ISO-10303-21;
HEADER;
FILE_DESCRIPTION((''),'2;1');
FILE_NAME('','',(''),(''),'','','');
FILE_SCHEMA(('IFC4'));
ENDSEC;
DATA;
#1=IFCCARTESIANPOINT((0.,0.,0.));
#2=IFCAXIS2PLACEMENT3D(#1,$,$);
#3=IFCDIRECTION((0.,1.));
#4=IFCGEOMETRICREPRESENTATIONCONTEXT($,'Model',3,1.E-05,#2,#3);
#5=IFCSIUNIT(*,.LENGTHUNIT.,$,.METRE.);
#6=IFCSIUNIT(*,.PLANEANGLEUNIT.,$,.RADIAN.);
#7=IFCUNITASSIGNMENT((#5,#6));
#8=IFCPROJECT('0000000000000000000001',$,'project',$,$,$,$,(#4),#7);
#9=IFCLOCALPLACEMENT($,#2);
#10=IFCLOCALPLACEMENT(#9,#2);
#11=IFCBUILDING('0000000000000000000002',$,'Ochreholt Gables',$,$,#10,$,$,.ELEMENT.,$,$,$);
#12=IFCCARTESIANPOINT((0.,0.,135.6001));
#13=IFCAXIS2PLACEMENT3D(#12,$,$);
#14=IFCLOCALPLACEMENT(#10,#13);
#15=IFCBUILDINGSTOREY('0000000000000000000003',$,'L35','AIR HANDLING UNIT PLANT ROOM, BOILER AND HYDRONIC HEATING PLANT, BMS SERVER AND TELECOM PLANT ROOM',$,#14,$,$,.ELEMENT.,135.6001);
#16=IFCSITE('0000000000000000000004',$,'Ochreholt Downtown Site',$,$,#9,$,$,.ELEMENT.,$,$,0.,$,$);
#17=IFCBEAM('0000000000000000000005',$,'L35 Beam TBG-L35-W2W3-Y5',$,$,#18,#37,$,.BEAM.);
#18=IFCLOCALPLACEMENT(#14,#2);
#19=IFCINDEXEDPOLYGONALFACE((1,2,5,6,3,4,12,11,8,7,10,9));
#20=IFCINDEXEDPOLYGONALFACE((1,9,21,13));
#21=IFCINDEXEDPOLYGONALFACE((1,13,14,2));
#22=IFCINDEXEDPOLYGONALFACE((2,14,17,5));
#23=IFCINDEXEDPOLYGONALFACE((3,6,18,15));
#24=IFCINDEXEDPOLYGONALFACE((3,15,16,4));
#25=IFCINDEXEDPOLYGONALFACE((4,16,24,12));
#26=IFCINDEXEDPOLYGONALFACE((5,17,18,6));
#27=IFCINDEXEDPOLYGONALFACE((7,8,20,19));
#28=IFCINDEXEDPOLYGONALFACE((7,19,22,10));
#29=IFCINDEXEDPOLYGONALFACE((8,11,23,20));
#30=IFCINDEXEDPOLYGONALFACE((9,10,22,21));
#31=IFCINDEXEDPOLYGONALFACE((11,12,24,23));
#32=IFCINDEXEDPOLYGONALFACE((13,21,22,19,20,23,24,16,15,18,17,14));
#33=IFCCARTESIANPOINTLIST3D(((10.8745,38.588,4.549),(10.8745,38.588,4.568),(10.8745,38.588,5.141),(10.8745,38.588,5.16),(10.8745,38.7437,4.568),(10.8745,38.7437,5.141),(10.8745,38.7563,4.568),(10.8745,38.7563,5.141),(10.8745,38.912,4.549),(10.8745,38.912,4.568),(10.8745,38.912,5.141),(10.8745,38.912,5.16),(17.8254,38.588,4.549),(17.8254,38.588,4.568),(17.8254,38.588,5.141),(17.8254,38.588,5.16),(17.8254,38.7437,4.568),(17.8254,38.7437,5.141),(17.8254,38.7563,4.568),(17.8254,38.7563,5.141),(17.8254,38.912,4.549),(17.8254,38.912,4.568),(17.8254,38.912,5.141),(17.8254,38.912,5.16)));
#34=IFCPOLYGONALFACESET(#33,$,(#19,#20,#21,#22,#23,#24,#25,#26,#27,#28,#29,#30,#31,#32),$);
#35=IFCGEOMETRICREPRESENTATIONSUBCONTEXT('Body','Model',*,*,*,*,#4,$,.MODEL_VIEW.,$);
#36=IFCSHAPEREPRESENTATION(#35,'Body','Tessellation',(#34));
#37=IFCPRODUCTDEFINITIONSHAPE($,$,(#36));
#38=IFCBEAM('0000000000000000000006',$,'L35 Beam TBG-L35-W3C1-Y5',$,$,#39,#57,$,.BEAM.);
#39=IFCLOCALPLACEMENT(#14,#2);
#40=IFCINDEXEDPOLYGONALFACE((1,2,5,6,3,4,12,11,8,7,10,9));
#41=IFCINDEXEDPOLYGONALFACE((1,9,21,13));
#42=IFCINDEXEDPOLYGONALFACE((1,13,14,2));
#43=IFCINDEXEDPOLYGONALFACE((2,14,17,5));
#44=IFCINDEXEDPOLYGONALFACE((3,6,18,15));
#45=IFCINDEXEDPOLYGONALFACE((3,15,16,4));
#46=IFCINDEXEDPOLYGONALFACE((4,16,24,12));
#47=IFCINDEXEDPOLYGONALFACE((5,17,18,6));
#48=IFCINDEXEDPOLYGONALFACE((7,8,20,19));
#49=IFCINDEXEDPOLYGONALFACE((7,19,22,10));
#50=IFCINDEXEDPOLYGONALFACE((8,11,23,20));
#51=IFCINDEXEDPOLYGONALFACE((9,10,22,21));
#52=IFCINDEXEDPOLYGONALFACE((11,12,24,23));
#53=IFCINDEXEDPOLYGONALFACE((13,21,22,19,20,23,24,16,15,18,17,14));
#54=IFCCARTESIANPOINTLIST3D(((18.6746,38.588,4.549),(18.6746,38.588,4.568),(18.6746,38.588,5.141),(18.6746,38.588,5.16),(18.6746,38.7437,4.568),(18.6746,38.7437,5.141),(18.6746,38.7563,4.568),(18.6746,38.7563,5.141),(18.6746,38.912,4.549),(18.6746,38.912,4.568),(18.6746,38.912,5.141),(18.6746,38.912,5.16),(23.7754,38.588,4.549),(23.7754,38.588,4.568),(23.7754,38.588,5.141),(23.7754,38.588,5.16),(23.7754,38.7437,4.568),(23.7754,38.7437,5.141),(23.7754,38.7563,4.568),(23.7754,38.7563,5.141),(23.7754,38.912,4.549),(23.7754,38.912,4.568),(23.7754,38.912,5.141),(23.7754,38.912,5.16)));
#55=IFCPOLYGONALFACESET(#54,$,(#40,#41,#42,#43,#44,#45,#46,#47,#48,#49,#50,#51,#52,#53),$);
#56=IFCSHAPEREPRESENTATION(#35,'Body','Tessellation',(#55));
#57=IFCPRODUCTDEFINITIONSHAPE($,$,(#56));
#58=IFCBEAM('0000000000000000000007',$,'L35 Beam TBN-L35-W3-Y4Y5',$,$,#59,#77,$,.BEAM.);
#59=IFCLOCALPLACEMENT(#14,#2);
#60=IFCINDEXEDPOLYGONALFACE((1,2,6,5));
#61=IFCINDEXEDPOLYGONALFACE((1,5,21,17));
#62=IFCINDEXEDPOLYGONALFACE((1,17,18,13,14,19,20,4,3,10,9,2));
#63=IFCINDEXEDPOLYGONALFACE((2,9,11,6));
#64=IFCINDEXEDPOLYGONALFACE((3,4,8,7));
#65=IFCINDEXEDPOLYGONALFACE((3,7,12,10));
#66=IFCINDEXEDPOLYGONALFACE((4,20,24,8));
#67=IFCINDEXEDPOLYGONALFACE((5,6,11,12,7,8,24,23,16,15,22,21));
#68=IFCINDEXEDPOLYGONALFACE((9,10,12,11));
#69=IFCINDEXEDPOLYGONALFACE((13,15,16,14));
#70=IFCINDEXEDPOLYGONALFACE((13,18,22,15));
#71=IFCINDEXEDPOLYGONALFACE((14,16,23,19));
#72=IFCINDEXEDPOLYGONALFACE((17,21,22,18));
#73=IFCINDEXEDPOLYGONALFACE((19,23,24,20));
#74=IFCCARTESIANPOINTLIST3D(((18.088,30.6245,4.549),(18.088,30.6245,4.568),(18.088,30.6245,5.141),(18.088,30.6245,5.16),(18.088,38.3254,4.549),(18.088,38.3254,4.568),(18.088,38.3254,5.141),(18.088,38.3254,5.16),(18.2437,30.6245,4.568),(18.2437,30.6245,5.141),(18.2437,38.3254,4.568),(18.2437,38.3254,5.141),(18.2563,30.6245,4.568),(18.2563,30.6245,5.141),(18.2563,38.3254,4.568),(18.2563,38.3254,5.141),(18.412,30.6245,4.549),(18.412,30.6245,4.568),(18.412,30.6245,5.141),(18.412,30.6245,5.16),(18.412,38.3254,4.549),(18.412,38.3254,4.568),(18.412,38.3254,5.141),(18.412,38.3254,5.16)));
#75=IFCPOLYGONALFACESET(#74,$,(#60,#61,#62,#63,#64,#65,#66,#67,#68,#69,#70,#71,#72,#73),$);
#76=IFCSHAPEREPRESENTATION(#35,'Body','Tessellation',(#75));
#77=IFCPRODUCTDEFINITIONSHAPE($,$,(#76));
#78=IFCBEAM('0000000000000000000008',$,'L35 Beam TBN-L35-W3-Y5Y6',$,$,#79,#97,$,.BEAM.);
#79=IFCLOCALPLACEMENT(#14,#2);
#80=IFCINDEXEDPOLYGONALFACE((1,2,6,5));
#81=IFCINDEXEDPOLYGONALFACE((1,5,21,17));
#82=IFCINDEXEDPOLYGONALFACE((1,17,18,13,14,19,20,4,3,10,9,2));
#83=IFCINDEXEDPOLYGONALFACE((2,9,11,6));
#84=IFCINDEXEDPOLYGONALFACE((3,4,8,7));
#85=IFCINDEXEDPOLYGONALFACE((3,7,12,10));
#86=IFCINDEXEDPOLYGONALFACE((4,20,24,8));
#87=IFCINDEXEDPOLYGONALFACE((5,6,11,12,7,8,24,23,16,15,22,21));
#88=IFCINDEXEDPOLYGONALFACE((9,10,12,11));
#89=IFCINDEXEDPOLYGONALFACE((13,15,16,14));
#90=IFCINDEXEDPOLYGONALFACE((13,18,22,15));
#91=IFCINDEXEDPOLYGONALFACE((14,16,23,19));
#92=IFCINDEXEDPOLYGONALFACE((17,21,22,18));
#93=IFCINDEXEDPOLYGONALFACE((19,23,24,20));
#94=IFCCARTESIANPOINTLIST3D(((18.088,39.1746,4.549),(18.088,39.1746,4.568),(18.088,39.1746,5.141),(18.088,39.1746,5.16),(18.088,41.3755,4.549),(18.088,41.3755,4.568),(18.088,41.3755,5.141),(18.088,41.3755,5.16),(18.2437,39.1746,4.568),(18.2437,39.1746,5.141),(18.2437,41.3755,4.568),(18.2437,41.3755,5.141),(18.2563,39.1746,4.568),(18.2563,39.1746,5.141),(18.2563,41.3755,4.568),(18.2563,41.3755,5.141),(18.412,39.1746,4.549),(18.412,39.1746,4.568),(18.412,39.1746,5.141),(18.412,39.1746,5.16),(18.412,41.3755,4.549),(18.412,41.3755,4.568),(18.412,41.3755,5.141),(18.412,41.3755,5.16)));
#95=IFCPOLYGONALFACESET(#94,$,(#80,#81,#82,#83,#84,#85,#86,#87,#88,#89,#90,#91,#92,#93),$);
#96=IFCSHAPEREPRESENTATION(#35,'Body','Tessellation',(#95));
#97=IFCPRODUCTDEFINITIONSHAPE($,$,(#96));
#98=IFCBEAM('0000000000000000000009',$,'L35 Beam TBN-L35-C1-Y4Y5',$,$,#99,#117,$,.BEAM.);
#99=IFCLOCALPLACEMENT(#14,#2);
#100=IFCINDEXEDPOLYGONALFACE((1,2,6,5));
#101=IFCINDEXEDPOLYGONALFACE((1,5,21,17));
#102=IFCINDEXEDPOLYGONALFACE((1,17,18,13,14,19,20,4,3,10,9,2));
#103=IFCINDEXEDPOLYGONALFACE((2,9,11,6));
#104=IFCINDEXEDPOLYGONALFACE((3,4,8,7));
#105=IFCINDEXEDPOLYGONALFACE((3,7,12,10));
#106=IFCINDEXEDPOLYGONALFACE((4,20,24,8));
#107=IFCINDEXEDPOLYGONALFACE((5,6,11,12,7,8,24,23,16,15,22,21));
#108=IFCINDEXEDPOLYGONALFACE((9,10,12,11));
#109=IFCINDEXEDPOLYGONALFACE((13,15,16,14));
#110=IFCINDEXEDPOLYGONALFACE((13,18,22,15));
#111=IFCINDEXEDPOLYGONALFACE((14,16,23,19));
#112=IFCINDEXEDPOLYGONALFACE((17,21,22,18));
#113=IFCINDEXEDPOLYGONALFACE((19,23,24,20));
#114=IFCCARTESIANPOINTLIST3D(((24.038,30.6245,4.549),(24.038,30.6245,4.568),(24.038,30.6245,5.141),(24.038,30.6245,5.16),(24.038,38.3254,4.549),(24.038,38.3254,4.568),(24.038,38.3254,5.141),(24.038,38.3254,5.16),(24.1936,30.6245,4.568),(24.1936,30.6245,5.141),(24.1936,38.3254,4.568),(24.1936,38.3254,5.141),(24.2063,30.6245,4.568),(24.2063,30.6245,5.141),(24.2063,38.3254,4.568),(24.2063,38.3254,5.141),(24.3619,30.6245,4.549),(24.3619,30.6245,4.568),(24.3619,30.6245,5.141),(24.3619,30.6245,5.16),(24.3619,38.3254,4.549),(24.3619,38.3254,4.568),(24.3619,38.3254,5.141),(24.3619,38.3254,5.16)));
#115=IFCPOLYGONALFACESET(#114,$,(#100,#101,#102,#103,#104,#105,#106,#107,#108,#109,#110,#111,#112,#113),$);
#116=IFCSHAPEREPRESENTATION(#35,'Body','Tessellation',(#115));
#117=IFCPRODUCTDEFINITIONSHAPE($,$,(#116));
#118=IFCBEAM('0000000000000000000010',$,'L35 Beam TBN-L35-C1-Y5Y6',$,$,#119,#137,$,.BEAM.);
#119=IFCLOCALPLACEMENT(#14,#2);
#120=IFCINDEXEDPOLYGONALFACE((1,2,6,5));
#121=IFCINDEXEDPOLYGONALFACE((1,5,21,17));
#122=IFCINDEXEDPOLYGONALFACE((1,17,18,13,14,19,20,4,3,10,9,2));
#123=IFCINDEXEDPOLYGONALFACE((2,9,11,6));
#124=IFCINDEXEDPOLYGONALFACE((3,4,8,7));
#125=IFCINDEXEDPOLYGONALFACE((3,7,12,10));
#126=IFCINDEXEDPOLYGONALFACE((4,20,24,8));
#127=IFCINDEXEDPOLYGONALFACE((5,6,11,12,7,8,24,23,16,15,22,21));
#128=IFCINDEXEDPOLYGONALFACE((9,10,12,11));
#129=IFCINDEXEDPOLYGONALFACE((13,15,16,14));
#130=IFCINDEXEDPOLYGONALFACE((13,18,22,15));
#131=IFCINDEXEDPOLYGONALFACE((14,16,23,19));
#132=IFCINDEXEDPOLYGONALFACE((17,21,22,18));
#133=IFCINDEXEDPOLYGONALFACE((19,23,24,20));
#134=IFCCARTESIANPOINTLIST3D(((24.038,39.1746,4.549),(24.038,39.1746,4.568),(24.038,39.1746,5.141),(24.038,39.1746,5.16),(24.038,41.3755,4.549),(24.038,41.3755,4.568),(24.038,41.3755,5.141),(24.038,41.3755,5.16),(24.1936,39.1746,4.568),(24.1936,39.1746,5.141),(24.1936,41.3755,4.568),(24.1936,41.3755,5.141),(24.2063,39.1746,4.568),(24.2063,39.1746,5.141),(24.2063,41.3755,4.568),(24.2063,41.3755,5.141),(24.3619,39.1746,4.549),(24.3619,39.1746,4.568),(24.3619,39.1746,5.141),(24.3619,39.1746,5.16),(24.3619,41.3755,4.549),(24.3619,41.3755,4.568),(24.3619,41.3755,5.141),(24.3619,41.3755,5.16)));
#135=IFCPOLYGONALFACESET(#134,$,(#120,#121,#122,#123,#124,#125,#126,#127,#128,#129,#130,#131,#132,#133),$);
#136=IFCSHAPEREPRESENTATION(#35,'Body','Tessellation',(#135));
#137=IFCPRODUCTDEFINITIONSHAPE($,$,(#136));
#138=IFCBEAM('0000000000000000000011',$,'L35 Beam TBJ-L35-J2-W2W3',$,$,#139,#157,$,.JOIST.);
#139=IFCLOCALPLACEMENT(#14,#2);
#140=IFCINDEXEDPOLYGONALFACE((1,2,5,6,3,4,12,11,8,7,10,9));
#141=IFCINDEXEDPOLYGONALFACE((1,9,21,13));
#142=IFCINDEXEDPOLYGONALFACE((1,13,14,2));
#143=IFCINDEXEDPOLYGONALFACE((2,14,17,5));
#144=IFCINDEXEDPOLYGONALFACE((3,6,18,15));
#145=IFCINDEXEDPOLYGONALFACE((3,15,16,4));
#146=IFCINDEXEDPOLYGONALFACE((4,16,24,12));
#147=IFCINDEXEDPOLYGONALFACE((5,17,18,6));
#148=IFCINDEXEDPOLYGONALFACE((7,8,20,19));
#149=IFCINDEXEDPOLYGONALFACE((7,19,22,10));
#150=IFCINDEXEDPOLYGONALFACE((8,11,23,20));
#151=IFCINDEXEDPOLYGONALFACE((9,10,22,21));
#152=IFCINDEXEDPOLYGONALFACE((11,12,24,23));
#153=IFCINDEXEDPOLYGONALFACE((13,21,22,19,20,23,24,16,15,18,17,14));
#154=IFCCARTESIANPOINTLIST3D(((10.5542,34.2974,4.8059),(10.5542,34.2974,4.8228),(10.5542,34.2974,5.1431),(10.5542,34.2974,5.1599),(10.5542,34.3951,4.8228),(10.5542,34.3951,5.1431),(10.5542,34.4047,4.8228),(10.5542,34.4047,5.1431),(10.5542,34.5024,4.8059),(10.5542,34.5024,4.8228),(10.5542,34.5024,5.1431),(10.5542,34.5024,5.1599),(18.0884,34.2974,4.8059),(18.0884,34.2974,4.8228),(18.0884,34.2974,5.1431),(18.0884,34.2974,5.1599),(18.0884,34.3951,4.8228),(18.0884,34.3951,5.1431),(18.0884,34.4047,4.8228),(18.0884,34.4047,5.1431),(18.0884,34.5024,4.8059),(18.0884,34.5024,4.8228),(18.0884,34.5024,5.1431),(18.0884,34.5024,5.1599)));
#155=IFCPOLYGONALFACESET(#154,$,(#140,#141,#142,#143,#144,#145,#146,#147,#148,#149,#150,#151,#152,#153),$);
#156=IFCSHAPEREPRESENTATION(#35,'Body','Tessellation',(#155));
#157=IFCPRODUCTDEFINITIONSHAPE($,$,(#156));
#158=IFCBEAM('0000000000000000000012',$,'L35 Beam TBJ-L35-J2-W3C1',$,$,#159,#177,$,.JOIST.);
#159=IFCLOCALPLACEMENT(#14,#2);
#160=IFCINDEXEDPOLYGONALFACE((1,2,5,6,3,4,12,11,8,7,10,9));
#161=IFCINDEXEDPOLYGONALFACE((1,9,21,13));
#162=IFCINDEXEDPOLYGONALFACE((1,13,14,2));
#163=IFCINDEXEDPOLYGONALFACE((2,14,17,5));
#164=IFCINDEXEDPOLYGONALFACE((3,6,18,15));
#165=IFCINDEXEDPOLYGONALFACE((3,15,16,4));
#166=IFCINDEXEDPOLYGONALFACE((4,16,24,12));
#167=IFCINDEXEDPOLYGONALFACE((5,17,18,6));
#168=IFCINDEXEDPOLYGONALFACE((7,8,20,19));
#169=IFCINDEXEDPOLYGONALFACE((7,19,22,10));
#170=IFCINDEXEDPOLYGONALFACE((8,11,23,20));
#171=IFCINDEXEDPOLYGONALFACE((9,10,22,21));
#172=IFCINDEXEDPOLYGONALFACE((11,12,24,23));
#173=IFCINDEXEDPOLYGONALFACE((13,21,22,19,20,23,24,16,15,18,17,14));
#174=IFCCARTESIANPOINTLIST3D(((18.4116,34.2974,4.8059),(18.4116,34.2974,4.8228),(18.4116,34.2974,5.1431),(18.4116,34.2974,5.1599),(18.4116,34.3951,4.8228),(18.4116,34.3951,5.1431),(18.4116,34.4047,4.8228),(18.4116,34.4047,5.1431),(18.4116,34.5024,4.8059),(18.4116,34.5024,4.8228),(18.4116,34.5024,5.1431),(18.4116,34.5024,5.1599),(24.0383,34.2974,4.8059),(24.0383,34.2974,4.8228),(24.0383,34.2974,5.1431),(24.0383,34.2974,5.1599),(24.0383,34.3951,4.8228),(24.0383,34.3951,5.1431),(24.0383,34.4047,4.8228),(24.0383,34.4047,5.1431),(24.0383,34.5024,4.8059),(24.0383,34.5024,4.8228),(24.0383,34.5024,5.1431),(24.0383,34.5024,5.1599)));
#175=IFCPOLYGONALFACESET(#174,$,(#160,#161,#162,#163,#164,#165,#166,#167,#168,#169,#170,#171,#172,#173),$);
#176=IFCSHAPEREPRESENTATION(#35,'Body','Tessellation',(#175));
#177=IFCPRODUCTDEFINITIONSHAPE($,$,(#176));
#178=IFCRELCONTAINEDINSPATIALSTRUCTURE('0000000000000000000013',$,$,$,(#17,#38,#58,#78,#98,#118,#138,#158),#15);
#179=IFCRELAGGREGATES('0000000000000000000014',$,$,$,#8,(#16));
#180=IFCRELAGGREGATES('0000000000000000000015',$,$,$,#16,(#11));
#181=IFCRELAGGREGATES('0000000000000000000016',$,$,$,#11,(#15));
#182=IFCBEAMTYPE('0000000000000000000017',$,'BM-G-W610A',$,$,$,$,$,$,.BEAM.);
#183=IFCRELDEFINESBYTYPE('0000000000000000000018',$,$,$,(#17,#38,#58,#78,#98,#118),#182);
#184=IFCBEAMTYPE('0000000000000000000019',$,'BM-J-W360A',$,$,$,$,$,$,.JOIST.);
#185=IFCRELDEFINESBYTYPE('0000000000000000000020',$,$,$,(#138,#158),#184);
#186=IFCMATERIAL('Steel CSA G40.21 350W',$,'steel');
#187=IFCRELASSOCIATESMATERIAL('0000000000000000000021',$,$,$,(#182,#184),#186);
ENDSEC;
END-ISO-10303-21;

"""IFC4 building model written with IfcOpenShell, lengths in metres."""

from ifc_helpers import new_model, si_unit, direction, frame, origin, origin_2d, place, context, subcontext, project, spatial, i_section, extrude, material, material_profile, profile_set, type_object, element, save


model = new_model("IFC4")

# Units and contexts
model_context = context("Model", 3, precision=1e-05, world=origin(), true_north=direction((0.0, 1.0)))
body_context = subcontext(model_context, "Body", "Model", "MODEL_VIEW")
ifc_project = project(units=[si_unit("LENGTHUNIT", "METRE"), si_unit("PLANEANGLEUNIT", "RADIAN")], contexts=[model_context])

# Site, building, storey
site_placement = place(None, origin())
site = spatial("IfcSite", under=ifc_project, at=site_placement, Name="Ochreholt Downtown Site", CompositionType="ELEMENT", RefElevation=0.0)
building_placement = place(site_placement, origin())
building = spatial("IfcBuilding", under=site, at=building_placement, Name="Ochreholt Gables", CompositionType="ELEMENT")
storey_placement = place(building_placement, frame((0.0, 0.0, 135.6001)))
storey = spatial("IfcBuildingStorey", under=building, at=storey_placement, Name="L35", Description="AIR HANDLING UNIT PLANT ROOM, BOILER AND HYDRONIC HEATING PLANT, BMS SERVER AND TELECOM PLANT ROOM", CompositionType="ELEMENT", Elevation=135.6001)

# Beams
ifc_material_1 = material(Name="Steel CSA G40.21 350W", Category="steel")
ifc_material_profile_1 = material_profile(ifc_material_1, i_section(OverallWidth=0.324, OverallDepth=0.6111, WebThickness=0.0127, FlangeThickness=0.019, at=origin_2d()), Name="W610X155")
ifc_profile_set_1 = profile_set([ifc_material_profile_1], Name="Steel CSA G40.21 350W")
beam_type_1 = type_object("IfcBeamType", Name="BM-G-W610A", PredefinedType="BEAM", material=ifc_profile_set_1)
beam_1_placement = place(storey_placement, frame((10.8745, 38.75, 4.8545), z_axis=(1.0, 0.0, 0.0), x_axis=(0.0, 1.0, 0.0)))
element("IfcBeam", 1, at=beam_1_placement, inside=storey, type_object=beam_type_1, Name="L35 Beam TBG-L35-W2W3-Y5", PredefinedType="BEAM", context=body_context, shape_type="SweptSolid", body=[
    extrude(i_section(OverallWidth=0.324, OverallDepth=0.6111, WebThickness=0.0127, FlangeThickness=0.019, at=origin_2d()), origin(), (0.0, 0.0, 1.0), 6.9509),
])
beam_2_placement = place(storey_placement, frame((18.6746, 38.75, 4.8545), z_axis=(1.0, 0.0, 0.0), x_axis=(0.0, 1.0, 0.0)))
element("IfcBeam", 2, at=beam_2_placement, inside=storey, type_object=beam_type_1, Name="L35 Beam TBG-L35-W3C1-Y5", PredefinedType="BEAM", context=body_context, shape_type="SweptSolid", body=[
    extrude(i_section(OverallWidth=0.324, OverallDepth=0.6111, WebThickness=0.0127, FlangeThickness=0.019, at=origin_2d()), origin(), (0.0, 0.0, 1.0), 5.1008),
])
beam_3_placement = place(storey_placement, frame((18.25, 30.6245, 4.8545), z_axis=(0.0, 1.0, 0.0), x_axis=(-1.0, 0.0, 0.0)))
element("IfcBeam", 3, at=beam_3_placement, inside=storey, type_object=beam_type_1, Name="L35 Beam TBN-L35-W3-Y4Y5", PredefinedType="BEAM", context=body_context, shape_type="SweptSolid", body=[
    extrude(i_section(OverallWidth=0.324, OverallDepth=0.6111, WebThickness=0.0127, FlangeThickness=0.019, at=origin_2d()), origin(), (0.0, 0.0, 1.0), 7.7009),
])
beam_4_placement = place(storey_placement, frame((18.25, 39.1746, 4.8545), z_axis=(0.0, 1.0, 0.0), x_axis=(-1.0, 0.0, 0.0)))
element("IfcBeam", 4, at=beam_4_placement, inside=storey, type_object=beam_type_1, Name="L35 Beam TBN-L35-W3-Y5Y6", PredefinedType="BEAM", context=body_context, shape_type="SweptSolid", body=[
    extrude(i_section(OverallWidth=0.324, OverallDepth=0.6111, WebThickness=0.0127, FlangeThickness=0.019, at=origin_2d()), origin(), (0.0, 0.0, 1.0), 2.2009),
])
beam_5_placement = place(storey_placement, frame((24.2, 30.6245, 4.8545), z_axis=(0.0, 1.0, 0.0), x_axis=(-1.0, 0.0, 0.0)))
element("IfcBeam", 5, at=beam_5_placement, inside=storey, type_object=beam_type_1, Name="L35 Beam TBN-L35-C1-Y4Y5", PredefinedType="BEAM", context=body_context, shape_type="SweptSolid", body=[
    extrude(i_section(OverallWidth=0.324, OverallDepth=0.6111, WebThickness=0.0127, FlangeThickness=0.019, at=origin_2d()), origin(), (0.0, 0.0, 1.0), 7.7009),
])
beam_6_placement = place(storey_placement, frame((24.2, 39.1746, 4.8545), z_axis=(0.0, 1.0, 0.0), x_axis=(-1.0, 0.0, 0.0)))
element("IfcBeam", 6, at=beam_6_placement, inside=storey, type_object=beam_type_1, Name="L35 Beam TBN-L35-C1-Y5Y6", PredefinedType="BEAM", context=body_context, shape_type="SweptSolid", body=[
    extrude(i_section(OverallWidth=0.324, OverallDepth=0.6111, WebThickness=0.0127, FlangeThickness=0.019, at=origin_2d()), origin(), (0.0, 0.0, 1.0), 2.2009),
])
ifc_material_profile_2 = material_profile(ifc_material_1, i_section(OverallWidth=0.2051, OverallDepth=0.354, WebThickness=0.0095, FlangeThickness=0.0168, at=origin_2d()), Name="W360X79")
ifc_profile_set_2 = profile_set([ifc_material_profile_2], Name="Steel CSA G40.21 350W")
beam_type_2 = type_object("IfcBeamType", Name="BM-J-W360A", PredefinedType="JOIST", material=ifc_profile_set_2)
beam_7_placement = place(storey_placement, frame((10.5542, 34.3999, 4.9829), z_axis=(1.0, 0.0, 0.0), x_axis=(0.0, 1.0, 0.0)))
element("IfcBeam", 7, at=beam_7_placement, inside=storey, type_object=beam_type_2, Name="L35 Beam TBJ-L35-J2-W2W3", PredefinedType="JOIST", context=body_context, shape_type="SweptSolid", body=[
    extrude(i_section(OverallWidth=0.2051, OverallDepth=0.354, WebThickness=0.0095, FlangeThickness=0.0168, at=origin_2d()), origin(), (0.0, 0.0, 1.0), 7.5342),
])
beam_8_placement = place(storey_placement, frame((18.4116, 34.3999, 4.9829), z_axis=(1.0, 0.0, 0.0), x_axis=(0.0, 1.0, 0.0)))
element("IfcBeam", 8, at=beam_8_placement, inside=storey, type_object=beam_type_2, Name="L35 Beam TBJ-L35-J2-W3C1", PredefinedType="JOIST", context=body_context, shape_type="SweptSolid", body=[
    extrude(i_section(OverallWidth=0.2051, OverallDepth=0.354, WebThickness=0.0095, FlangeThickness=0.0168, at=origin_2d()), origin(), (0.0, 0.0, 1.0), 5.6267),
])

save(model, "model.ifc")
